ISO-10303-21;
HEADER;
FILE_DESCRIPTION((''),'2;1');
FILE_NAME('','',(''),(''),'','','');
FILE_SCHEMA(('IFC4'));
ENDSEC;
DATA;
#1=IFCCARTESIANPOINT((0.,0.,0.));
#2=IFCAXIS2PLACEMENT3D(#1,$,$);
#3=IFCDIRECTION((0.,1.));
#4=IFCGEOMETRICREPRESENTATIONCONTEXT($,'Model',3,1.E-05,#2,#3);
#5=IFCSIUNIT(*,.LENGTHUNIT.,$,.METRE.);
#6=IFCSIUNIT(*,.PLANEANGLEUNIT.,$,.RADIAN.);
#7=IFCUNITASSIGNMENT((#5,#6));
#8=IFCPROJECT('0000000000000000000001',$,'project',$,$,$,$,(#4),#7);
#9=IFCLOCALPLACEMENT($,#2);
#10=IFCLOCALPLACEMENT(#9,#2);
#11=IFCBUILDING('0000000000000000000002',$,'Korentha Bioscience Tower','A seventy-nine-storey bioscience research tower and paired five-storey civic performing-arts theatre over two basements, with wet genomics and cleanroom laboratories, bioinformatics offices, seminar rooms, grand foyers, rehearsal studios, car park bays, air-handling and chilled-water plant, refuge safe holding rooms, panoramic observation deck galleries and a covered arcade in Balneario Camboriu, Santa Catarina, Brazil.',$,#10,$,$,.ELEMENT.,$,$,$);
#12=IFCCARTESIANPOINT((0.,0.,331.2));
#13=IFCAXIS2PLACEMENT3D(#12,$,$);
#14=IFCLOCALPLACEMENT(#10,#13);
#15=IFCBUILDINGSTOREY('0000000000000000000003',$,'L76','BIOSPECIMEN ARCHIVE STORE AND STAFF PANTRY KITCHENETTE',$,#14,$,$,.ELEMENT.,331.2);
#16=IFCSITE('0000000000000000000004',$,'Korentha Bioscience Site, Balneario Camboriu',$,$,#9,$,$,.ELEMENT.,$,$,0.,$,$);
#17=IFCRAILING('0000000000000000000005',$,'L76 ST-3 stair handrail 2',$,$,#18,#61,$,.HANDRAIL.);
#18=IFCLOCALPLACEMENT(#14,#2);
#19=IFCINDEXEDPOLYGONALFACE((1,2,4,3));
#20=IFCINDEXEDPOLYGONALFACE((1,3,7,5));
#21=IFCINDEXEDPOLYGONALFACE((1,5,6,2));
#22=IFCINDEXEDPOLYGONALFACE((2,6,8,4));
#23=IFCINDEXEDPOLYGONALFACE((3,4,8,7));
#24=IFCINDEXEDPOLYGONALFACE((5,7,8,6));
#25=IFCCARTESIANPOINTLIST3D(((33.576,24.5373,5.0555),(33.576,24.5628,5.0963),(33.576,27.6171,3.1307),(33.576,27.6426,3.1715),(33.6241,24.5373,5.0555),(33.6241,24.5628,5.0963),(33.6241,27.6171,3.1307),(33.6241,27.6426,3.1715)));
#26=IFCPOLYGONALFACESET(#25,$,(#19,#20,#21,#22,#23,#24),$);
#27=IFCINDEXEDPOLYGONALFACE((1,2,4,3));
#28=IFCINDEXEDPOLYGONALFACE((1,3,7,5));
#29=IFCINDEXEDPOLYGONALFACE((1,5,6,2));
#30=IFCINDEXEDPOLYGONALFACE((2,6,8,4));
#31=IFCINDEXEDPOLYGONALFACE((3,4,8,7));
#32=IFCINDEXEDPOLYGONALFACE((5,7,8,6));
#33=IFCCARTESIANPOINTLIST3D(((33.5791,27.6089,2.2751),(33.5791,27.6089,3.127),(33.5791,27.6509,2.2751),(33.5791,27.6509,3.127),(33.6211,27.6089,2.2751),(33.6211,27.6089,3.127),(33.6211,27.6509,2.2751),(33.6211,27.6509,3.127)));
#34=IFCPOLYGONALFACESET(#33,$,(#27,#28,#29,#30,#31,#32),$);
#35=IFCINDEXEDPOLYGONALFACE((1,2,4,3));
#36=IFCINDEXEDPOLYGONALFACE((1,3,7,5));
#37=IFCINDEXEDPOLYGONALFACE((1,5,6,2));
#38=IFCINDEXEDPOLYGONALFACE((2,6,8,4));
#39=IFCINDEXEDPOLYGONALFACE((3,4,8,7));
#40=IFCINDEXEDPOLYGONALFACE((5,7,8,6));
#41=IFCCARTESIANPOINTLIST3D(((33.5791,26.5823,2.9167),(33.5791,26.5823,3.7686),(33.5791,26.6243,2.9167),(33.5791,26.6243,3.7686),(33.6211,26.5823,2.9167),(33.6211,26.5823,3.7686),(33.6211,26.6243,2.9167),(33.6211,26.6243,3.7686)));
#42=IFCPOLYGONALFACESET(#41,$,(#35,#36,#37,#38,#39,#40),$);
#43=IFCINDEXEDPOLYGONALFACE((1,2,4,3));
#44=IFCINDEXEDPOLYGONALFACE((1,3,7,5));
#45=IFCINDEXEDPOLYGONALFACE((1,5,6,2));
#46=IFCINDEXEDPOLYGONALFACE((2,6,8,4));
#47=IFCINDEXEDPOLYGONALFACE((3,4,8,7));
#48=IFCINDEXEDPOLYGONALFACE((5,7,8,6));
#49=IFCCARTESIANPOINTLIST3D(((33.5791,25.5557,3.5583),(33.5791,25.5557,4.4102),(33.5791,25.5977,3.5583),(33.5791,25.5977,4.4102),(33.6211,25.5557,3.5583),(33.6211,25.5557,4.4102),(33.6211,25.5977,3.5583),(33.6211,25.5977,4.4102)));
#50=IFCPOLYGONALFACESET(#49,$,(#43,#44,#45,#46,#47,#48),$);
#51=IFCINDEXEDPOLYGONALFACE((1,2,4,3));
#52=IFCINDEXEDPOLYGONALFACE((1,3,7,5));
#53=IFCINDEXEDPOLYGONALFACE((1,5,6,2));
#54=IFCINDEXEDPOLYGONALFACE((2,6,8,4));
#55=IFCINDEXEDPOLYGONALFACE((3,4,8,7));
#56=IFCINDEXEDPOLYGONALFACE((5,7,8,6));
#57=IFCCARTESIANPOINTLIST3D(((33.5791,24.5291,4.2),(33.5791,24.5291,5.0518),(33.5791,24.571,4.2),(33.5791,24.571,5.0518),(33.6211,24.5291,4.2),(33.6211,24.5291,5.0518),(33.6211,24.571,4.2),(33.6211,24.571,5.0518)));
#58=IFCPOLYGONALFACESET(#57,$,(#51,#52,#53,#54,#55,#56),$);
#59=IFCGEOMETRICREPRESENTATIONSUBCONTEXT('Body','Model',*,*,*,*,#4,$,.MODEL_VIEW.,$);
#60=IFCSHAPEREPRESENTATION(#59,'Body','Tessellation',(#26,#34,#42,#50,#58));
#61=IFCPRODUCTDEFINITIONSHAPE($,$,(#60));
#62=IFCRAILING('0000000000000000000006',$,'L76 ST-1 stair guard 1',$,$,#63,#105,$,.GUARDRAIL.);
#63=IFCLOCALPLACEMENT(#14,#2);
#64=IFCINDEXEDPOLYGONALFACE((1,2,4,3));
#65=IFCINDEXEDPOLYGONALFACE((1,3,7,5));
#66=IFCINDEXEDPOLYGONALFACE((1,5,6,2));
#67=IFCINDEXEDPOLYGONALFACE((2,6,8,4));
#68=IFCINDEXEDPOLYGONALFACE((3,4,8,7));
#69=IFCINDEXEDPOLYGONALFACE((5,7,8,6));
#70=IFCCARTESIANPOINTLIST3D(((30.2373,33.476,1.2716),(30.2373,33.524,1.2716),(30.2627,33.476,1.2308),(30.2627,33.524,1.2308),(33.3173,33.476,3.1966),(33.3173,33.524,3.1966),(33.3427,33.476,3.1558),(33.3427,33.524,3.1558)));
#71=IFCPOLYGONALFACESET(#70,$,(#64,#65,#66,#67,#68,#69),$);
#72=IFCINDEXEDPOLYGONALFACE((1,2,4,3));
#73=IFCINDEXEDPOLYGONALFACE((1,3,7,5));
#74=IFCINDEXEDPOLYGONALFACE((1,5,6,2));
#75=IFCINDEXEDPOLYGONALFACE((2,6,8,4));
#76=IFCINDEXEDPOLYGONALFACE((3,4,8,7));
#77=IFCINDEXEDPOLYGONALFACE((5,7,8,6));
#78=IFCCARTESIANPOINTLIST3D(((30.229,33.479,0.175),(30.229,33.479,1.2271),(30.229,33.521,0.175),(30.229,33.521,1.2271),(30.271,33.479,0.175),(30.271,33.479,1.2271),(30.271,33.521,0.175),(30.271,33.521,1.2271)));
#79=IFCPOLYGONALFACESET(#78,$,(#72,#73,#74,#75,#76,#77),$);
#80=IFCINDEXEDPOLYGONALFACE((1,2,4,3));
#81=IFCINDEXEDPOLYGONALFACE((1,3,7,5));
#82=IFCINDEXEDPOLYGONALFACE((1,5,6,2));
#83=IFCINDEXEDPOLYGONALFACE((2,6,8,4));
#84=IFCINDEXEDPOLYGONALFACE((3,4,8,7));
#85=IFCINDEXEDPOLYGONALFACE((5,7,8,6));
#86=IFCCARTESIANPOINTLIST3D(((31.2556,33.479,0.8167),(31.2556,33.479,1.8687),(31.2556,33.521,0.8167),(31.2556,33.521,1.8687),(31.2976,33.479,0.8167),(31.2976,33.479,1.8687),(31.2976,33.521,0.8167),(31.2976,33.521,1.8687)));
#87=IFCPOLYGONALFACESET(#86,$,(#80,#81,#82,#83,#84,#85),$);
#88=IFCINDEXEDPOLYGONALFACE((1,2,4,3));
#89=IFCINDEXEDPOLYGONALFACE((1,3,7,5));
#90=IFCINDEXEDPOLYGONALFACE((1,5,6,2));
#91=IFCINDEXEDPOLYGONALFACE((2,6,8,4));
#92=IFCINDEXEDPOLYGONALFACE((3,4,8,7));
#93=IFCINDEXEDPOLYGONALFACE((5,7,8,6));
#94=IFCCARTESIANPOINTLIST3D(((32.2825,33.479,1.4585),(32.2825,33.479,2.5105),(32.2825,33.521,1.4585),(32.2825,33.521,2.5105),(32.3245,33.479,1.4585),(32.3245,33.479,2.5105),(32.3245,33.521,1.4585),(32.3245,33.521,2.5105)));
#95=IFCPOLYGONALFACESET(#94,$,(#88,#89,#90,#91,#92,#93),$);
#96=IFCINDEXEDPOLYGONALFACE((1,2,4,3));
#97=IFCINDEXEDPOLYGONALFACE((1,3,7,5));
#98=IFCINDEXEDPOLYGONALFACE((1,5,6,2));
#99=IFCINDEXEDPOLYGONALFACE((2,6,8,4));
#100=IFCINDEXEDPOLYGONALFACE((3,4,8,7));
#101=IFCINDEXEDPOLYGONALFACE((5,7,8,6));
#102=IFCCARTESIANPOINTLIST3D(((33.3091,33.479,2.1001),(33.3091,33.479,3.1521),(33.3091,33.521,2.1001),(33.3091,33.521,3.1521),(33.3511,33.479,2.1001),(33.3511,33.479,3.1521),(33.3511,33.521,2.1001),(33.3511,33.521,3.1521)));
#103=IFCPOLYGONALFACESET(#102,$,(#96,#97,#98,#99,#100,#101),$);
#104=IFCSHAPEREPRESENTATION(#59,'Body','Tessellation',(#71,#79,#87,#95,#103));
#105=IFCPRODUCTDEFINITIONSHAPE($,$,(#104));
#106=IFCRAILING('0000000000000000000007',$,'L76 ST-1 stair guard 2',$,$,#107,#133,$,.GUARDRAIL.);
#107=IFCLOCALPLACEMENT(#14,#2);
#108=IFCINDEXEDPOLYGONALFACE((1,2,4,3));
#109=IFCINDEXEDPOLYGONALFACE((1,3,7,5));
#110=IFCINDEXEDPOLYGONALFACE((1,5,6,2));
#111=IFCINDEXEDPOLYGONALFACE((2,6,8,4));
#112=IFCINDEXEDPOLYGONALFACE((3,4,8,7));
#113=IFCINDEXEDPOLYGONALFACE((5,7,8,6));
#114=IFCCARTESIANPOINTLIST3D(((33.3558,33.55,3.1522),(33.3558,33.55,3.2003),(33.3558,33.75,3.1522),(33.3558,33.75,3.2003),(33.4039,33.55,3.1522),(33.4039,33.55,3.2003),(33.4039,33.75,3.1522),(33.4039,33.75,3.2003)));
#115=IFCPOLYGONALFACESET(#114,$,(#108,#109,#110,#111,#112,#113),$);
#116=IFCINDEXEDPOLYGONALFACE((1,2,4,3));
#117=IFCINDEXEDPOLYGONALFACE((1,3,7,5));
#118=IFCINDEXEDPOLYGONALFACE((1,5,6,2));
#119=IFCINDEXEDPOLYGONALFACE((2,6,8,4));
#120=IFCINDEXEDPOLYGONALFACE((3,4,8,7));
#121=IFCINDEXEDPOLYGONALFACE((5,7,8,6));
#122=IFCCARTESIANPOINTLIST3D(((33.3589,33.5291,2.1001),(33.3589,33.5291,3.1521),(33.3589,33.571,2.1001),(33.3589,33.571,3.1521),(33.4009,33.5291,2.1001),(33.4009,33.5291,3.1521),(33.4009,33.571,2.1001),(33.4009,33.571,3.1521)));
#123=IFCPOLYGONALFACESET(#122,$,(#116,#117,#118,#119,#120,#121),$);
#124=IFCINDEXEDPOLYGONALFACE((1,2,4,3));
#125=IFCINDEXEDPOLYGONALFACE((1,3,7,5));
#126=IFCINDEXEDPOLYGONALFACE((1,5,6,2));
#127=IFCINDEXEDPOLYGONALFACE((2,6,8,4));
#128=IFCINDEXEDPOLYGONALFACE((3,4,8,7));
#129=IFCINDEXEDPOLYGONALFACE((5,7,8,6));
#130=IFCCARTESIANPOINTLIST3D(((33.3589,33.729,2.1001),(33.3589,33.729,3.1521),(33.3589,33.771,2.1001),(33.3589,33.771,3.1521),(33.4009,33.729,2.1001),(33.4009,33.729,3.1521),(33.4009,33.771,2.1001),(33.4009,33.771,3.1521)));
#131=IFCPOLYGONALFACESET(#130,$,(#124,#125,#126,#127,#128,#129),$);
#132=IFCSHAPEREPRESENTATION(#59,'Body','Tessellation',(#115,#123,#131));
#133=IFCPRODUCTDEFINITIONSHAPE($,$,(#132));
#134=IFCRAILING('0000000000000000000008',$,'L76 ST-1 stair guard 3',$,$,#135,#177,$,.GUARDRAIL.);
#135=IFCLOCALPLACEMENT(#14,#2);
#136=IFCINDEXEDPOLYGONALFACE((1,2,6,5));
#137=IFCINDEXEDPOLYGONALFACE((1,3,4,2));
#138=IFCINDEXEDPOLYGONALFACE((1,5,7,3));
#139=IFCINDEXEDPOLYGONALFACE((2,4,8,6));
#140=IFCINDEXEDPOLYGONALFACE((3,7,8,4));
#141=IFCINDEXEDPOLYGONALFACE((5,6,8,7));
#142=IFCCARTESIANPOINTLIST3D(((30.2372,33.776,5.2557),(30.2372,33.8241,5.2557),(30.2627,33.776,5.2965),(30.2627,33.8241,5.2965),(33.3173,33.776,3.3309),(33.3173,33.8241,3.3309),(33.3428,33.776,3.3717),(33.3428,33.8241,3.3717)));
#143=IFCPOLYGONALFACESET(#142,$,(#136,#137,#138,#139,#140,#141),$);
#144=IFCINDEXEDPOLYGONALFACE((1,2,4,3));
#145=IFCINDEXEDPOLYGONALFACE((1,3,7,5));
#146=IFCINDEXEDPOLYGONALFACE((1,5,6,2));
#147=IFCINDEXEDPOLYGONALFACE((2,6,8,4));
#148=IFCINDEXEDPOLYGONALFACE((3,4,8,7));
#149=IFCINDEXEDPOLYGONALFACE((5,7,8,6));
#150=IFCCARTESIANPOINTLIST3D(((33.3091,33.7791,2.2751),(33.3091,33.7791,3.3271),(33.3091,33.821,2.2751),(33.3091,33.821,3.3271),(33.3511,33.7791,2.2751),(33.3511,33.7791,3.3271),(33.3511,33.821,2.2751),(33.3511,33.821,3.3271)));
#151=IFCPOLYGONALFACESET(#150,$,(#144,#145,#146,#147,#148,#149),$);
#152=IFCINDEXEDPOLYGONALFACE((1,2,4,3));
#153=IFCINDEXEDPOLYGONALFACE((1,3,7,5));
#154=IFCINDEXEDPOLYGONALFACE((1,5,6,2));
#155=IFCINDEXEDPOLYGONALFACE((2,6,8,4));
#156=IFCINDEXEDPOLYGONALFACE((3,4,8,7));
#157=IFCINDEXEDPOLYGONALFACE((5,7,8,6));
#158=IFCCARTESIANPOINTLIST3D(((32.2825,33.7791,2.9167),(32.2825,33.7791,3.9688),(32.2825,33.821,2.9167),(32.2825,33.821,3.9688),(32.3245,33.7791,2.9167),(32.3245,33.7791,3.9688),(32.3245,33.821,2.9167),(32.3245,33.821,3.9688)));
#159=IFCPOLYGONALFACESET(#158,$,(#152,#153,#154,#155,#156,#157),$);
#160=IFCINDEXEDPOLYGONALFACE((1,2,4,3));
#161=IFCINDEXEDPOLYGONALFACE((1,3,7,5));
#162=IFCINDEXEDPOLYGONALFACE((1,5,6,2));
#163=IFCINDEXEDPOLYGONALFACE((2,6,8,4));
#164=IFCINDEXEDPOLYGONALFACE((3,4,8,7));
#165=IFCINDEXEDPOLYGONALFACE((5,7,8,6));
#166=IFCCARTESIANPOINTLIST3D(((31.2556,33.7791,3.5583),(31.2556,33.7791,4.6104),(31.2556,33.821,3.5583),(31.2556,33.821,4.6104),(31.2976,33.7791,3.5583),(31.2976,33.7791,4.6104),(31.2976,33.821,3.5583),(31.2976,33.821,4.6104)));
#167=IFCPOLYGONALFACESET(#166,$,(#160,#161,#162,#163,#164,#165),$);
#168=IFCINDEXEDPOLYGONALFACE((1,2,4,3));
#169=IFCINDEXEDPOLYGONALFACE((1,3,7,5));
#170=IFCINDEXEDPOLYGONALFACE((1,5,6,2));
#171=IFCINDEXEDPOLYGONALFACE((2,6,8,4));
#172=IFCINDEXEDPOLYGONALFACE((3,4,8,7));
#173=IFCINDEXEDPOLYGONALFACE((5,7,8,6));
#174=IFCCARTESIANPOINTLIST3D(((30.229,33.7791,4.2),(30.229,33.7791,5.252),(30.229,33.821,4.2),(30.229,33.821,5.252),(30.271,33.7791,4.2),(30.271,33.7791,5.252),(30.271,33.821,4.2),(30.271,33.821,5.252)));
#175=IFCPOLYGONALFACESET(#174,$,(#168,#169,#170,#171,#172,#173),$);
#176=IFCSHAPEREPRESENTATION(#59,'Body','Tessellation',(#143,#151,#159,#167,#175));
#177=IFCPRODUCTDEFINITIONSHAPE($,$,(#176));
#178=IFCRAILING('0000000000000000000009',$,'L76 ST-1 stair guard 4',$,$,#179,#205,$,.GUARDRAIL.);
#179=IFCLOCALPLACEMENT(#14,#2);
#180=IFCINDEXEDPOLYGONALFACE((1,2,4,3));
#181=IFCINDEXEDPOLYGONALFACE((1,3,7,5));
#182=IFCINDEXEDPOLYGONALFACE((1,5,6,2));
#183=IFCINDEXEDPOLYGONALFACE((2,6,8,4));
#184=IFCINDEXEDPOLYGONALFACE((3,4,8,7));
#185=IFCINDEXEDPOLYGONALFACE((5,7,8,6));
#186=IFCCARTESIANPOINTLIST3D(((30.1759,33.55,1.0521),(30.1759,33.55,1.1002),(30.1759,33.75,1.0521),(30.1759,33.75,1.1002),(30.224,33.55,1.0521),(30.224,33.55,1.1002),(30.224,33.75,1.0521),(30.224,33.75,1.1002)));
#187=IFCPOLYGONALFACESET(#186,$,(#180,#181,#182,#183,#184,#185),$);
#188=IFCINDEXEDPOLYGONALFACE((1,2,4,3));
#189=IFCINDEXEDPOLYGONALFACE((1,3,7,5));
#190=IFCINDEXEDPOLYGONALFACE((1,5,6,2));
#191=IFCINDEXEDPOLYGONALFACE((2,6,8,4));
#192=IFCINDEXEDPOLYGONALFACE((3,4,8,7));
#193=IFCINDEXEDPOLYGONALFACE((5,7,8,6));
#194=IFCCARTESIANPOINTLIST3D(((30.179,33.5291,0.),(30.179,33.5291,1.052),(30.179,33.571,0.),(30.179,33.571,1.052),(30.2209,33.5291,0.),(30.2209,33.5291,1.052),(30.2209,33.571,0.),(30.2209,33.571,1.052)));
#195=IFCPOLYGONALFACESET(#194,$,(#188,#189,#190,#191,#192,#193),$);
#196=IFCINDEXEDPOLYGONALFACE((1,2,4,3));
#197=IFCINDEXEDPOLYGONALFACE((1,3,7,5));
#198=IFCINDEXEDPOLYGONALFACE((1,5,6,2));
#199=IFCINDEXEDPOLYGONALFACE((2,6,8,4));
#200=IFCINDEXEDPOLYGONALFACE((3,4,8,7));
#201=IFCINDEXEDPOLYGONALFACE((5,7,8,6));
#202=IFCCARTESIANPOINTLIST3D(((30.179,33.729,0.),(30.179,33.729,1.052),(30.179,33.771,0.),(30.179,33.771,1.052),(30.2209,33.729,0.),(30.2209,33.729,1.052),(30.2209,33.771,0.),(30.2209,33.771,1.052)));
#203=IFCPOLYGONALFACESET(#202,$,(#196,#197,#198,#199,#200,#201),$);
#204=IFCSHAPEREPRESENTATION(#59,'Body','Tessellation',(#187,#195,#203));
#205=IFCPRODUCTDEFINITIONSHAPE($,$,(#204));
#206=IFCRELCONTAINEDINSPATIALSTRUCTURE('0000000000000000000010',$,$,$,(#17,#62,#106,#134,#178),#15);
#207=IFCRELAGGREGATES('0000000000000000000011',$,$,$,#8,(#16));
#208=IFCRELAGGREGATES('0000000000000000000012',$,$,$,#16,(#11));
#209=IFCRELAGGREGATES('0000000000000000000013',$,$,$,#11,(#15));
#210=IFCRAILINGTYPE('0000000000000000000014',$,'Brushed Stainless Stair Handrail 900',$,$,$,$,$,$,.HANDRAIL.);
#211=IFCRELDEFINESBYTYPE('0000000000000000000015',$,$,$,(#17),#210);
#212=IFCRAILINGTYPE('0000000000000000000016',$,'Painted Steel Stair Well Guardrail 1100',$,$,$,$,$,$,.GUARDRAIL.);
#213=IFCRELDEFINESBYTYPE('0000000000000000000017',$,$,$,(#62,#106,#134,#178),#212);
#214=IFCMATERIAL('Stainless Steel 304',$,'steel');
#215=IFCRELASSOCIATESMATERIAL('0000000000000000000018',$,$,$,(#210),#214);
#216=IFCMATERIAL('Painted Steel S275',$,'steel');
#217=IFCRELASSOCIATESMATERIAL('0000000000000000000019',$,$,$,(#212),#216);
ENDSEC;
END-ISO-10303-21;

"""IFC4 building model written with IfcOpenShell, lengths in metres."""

from ifc_helpers import new_model, si_unit, direction, frame, origin, origin_2d, place, context, subcontext, project, spatial, rectangle, extrude, material, type_object, element, save


model = new_model("IFC4")

# Units and contexts
model_context = context("Model", 3, precision=1e-05, world=origin(), true_north=direction((0.0, 1.0)))
body_context = subcontext(model_context, "Body", "Model", "MODEL_VIEW")
ifc_project = project(units=[si_unit("LENGTHUNIT", "METRE"), si_unit("PLANEANGLEUNIT", "RADIAN")], contexts=[model_context])

# Site, building, storey
site_placement = place(None, origin())
site = spatial("IfcSite", under=ifc_project, at=site_placement, Name="Korentha Bioscience Site, Balneario Camboriu", CompositionType="ELEMENT", RefElevation=0.0)
building_placement = place(site_placement, origin())
building = spatial("IfcBuilding", under=site, at=building_placement, Name="Korentha Bioscience Tower", Description="A seventy-nine-storey bioscience research tower and paired five-storey civic performing-arts theatre over two basements, with wet genomics and cleanroom laboratories, bioinformatics offices, seminar rooms, grand foyers, rehearsal studios, car park bays, air-handling and chilled-water plant, refuge safe holding rooms, panoramic observation deck galleries and a covered arcade in Balneario Camboriu, Santa Catarina, Brazil.", CompositionType="ELEMENT")
storey_placement = place(building_placement, frame((0.0, 0.0, 331.2)))
storey = spatial("IfcBuildingStorey", under=building, at=storey_placement, Name="L76", Description="BIOSPECIMEN ARCHIVE STORE AND STAFF PANTRY KITCHENETTE", CompositionType="ELEMENT", Elevation=331.2)

# Railings
ifc_material_1 = material(Name="Stainless Steel 304", Category="steel")
railing_type_1 = type_object("IfcRailingType", Name="Brushed Stainless Stair Handrail 900", PredefinedType="HANDRAIL", material=ifc_material_1)
railing_1_placement = place(storey_placement, frame((33.6001, 27.6299, 2.2751)))
element("IfcRailing", 1, at=railing_1_placement, inside=storey, type_object=railing_type_1, Name="L76 ST-3 stair handrail 2", PredefinedType="HANDRAIL", context=body_context, shape_type="SweptSolid", body=[
    extrude(rectangle(XDim=0.0481, YDim=0.0481, at=origin_2d()), frame((0.0, 0.0, 0.876), z_axis=(0.0, -0.84801, 0.529981), x_axis=(1.0, 0.0, 0.0)), (0.0, 0.0, 1.0), 3.6318),
    extrude(rectangle(XDim=0.042, YDim=0.042, at=origin_2d()), origin(), (0.0, 0.0, 1.0), 0.8518),
    extrude(rectangle(XDim=0.042, YDim=0.042, at=origin_2d()), frame((0.0, -1.0266, 0.6416)), (0.0, 0.0, 1.0), 0.8518),
    extrude(rectangle(XDim=0.042, YDim=0.042, at=origin_2d()), frame((0.0, -2.0532, 1.2832)), (0.0, 0.0, 1.0), 0.8518),
    extrude(rectangle(XDim=0.042, YDim=0.042, at=origin_2d()), frame((0.0, -3.0798, 1.9248)), (0.0, 0.0, 1.0), 0.8518),
])
ifc_material_2 = material(Name="Painted Steel S275", Category="steel")
railing_type_2 = type_object("IfcRailingType", Name="Painted Steel Stair Well Guardrail 1100", PredefinedType="GUARDRAIL", material=ifc_material_2)
railing_2_placement = place(storey_placement, frame((30.25, 33.5, 0.175)))
element("IfcRailing", 2, at=railing_2_placement, inside=storey, type_object=railing_type_2, Name="L76 ST-1 stair guard 1", PredefinedType="GUARDRAIL", context=body_context, shape_type="SweptSolid", body=[
    extrude(rectangle(XDim=0.0481, YDim=0.0481, at=origin_2d()), frame((0.0, 0.0, 1.0762), z_axis=(0.847998, 0.0, 0.529999), x_axis=(0.0, 1.0, 0.0)), (0.0, 0.0, 1.0), 3.6321),
    extrude(rectangle(XDim=0.042, YDim=0.042, at=origin_2d()), origin(), (0.0, 0.0, 1.0), 1.052),
    extrude(rectangle(XDim=0.042, YDim=0.042, at=origin_2d()), frame((1.0266, 0.0, 0.6416)), (0.0, 0.0, 1.0), 1.052),
    extrude(rectangle(XDim=0.042, YDim=0.042, at=origin_2d()), frame((2.0535, 0.0, 1.2834)), (0.0, 0.0, 1.0), 1.052),
    extrude(rectangle(XDim=0.042, YDim=0.042, at=origin_2d()), frame((3.0801, 0.0, 1.925)), (0.0, 0.0, 1.0), 1.052),
])
railing_3_placement = place(storey_placement, frame((33.3799, 33.55, 2.1001)))
element("IfcRailing", 3, at=railing_3_placement, inside=storey, type_object=railing_type_2, Name="L76 ST-1 stair guard 2", PredefinedType="GUARDRAIL", context=body_context, shape_type="SweptSolid", body=[
    extrude(rectangle(XDim=0.0481, YDim=0.0481, at=origin_2d()), frame((0.0, 0.0, 1.0762), z_axis=(0.0, 1.0, 0.0), x_axis=(-1.0, 0.0, 0.0)), (0.0, 0.0, 1.0), 0.2),
    extrude(rectangle(XDim=0.042, YDim=0.042, at=origin_2d()), origin(), (0.0, 0.0, 1.0), 1.052),
    extrude(rectangle(XDim=0.042, YDim=0.042, at=origin_2d()), frame((0.0, 0.2, 0.0)), (0.0, 0.0, 1.0), 1.052),
])
railing_4_placement = place(storey_placement, frame((33.3301, 33.8, 2.2751)))
element("IfcRailing", 4, at=railing_4_placement, inside=storey, type_object=railing_type_2, Name="L76 ST-1 stair guard 3", PredefinedType="GUARDRAIL", context=body_context, shape_type="SweptSolid", body=[
    extrude(rectangle(XDim=0.0481, YDim=0.0481, at=origin_2d()), frame((0.0, 0.0, 1.0762), z_axis=(-0.848029, 0.0, 0.529951), x_axis=(0.0, -1.0, 0.0)), (0.0, 0.0, 1.0), 3.6321),
    extrude(rectangle(XDim=0.042, YDim=0.042, at=origin_2d()), origin(), (0.0, 0.0, 1.0), 1.052),
    extrude(rectangle(XDim=0.042, YDim=0.042, at=origin_2d()), frame((-1.0266, 0.0, 0.6416)), (0.0, 0.0, 1.0), 1.052),
    extrude(rectangle(XDim=0.042, YDim=0.042, at=origin_2d()), frame((-2.0535, 0.0, 1.2832)), (0.0, 0.0, 1.0), 1.052),
    extrude(rectangle(XDim=0.042, YDim=0.042, at=origin_2d()), frame((-3.0801, 0.0, 1.9248)), (0.0, 0.0, 1.0), 1.052),
])
railing_5_placement = place(storey_placement, frame((30.2, 33.55, 0.0)))
element("IfcRailing", 5, at=railing_5_placement, inside=storey, type_object=railing_type_2, Name="L76 ST-1 stair guard 4", PredefinedType="GUARDRAIL", context=body_context, shape_type="SweptSolid", body=[
    extrude(rectangle(XDim=0.0481, YDim=0.0481, at=origin_2d()), frame((0.0, 0.0, 1.0762), z_axis=(0.0, 1.0, 0.0), x_axis=(-1.0, 0.0, 0.0)), (0.0, 0.0, 1.0), 0.2),
    extrude(rectangle(XDim=0.042, YDim=0.042, at=origin_2d()), origin(), (0.0, 0.0, 1.0), 1.052),
    extrude(rectangle(XDim=0.042, YDim=0.042, at=origin_2d()), frame((0.0, 0.2, 0.0)), (0.0, 0.0, 1.0), 1.052),
])

save(model, "model.ifc")
